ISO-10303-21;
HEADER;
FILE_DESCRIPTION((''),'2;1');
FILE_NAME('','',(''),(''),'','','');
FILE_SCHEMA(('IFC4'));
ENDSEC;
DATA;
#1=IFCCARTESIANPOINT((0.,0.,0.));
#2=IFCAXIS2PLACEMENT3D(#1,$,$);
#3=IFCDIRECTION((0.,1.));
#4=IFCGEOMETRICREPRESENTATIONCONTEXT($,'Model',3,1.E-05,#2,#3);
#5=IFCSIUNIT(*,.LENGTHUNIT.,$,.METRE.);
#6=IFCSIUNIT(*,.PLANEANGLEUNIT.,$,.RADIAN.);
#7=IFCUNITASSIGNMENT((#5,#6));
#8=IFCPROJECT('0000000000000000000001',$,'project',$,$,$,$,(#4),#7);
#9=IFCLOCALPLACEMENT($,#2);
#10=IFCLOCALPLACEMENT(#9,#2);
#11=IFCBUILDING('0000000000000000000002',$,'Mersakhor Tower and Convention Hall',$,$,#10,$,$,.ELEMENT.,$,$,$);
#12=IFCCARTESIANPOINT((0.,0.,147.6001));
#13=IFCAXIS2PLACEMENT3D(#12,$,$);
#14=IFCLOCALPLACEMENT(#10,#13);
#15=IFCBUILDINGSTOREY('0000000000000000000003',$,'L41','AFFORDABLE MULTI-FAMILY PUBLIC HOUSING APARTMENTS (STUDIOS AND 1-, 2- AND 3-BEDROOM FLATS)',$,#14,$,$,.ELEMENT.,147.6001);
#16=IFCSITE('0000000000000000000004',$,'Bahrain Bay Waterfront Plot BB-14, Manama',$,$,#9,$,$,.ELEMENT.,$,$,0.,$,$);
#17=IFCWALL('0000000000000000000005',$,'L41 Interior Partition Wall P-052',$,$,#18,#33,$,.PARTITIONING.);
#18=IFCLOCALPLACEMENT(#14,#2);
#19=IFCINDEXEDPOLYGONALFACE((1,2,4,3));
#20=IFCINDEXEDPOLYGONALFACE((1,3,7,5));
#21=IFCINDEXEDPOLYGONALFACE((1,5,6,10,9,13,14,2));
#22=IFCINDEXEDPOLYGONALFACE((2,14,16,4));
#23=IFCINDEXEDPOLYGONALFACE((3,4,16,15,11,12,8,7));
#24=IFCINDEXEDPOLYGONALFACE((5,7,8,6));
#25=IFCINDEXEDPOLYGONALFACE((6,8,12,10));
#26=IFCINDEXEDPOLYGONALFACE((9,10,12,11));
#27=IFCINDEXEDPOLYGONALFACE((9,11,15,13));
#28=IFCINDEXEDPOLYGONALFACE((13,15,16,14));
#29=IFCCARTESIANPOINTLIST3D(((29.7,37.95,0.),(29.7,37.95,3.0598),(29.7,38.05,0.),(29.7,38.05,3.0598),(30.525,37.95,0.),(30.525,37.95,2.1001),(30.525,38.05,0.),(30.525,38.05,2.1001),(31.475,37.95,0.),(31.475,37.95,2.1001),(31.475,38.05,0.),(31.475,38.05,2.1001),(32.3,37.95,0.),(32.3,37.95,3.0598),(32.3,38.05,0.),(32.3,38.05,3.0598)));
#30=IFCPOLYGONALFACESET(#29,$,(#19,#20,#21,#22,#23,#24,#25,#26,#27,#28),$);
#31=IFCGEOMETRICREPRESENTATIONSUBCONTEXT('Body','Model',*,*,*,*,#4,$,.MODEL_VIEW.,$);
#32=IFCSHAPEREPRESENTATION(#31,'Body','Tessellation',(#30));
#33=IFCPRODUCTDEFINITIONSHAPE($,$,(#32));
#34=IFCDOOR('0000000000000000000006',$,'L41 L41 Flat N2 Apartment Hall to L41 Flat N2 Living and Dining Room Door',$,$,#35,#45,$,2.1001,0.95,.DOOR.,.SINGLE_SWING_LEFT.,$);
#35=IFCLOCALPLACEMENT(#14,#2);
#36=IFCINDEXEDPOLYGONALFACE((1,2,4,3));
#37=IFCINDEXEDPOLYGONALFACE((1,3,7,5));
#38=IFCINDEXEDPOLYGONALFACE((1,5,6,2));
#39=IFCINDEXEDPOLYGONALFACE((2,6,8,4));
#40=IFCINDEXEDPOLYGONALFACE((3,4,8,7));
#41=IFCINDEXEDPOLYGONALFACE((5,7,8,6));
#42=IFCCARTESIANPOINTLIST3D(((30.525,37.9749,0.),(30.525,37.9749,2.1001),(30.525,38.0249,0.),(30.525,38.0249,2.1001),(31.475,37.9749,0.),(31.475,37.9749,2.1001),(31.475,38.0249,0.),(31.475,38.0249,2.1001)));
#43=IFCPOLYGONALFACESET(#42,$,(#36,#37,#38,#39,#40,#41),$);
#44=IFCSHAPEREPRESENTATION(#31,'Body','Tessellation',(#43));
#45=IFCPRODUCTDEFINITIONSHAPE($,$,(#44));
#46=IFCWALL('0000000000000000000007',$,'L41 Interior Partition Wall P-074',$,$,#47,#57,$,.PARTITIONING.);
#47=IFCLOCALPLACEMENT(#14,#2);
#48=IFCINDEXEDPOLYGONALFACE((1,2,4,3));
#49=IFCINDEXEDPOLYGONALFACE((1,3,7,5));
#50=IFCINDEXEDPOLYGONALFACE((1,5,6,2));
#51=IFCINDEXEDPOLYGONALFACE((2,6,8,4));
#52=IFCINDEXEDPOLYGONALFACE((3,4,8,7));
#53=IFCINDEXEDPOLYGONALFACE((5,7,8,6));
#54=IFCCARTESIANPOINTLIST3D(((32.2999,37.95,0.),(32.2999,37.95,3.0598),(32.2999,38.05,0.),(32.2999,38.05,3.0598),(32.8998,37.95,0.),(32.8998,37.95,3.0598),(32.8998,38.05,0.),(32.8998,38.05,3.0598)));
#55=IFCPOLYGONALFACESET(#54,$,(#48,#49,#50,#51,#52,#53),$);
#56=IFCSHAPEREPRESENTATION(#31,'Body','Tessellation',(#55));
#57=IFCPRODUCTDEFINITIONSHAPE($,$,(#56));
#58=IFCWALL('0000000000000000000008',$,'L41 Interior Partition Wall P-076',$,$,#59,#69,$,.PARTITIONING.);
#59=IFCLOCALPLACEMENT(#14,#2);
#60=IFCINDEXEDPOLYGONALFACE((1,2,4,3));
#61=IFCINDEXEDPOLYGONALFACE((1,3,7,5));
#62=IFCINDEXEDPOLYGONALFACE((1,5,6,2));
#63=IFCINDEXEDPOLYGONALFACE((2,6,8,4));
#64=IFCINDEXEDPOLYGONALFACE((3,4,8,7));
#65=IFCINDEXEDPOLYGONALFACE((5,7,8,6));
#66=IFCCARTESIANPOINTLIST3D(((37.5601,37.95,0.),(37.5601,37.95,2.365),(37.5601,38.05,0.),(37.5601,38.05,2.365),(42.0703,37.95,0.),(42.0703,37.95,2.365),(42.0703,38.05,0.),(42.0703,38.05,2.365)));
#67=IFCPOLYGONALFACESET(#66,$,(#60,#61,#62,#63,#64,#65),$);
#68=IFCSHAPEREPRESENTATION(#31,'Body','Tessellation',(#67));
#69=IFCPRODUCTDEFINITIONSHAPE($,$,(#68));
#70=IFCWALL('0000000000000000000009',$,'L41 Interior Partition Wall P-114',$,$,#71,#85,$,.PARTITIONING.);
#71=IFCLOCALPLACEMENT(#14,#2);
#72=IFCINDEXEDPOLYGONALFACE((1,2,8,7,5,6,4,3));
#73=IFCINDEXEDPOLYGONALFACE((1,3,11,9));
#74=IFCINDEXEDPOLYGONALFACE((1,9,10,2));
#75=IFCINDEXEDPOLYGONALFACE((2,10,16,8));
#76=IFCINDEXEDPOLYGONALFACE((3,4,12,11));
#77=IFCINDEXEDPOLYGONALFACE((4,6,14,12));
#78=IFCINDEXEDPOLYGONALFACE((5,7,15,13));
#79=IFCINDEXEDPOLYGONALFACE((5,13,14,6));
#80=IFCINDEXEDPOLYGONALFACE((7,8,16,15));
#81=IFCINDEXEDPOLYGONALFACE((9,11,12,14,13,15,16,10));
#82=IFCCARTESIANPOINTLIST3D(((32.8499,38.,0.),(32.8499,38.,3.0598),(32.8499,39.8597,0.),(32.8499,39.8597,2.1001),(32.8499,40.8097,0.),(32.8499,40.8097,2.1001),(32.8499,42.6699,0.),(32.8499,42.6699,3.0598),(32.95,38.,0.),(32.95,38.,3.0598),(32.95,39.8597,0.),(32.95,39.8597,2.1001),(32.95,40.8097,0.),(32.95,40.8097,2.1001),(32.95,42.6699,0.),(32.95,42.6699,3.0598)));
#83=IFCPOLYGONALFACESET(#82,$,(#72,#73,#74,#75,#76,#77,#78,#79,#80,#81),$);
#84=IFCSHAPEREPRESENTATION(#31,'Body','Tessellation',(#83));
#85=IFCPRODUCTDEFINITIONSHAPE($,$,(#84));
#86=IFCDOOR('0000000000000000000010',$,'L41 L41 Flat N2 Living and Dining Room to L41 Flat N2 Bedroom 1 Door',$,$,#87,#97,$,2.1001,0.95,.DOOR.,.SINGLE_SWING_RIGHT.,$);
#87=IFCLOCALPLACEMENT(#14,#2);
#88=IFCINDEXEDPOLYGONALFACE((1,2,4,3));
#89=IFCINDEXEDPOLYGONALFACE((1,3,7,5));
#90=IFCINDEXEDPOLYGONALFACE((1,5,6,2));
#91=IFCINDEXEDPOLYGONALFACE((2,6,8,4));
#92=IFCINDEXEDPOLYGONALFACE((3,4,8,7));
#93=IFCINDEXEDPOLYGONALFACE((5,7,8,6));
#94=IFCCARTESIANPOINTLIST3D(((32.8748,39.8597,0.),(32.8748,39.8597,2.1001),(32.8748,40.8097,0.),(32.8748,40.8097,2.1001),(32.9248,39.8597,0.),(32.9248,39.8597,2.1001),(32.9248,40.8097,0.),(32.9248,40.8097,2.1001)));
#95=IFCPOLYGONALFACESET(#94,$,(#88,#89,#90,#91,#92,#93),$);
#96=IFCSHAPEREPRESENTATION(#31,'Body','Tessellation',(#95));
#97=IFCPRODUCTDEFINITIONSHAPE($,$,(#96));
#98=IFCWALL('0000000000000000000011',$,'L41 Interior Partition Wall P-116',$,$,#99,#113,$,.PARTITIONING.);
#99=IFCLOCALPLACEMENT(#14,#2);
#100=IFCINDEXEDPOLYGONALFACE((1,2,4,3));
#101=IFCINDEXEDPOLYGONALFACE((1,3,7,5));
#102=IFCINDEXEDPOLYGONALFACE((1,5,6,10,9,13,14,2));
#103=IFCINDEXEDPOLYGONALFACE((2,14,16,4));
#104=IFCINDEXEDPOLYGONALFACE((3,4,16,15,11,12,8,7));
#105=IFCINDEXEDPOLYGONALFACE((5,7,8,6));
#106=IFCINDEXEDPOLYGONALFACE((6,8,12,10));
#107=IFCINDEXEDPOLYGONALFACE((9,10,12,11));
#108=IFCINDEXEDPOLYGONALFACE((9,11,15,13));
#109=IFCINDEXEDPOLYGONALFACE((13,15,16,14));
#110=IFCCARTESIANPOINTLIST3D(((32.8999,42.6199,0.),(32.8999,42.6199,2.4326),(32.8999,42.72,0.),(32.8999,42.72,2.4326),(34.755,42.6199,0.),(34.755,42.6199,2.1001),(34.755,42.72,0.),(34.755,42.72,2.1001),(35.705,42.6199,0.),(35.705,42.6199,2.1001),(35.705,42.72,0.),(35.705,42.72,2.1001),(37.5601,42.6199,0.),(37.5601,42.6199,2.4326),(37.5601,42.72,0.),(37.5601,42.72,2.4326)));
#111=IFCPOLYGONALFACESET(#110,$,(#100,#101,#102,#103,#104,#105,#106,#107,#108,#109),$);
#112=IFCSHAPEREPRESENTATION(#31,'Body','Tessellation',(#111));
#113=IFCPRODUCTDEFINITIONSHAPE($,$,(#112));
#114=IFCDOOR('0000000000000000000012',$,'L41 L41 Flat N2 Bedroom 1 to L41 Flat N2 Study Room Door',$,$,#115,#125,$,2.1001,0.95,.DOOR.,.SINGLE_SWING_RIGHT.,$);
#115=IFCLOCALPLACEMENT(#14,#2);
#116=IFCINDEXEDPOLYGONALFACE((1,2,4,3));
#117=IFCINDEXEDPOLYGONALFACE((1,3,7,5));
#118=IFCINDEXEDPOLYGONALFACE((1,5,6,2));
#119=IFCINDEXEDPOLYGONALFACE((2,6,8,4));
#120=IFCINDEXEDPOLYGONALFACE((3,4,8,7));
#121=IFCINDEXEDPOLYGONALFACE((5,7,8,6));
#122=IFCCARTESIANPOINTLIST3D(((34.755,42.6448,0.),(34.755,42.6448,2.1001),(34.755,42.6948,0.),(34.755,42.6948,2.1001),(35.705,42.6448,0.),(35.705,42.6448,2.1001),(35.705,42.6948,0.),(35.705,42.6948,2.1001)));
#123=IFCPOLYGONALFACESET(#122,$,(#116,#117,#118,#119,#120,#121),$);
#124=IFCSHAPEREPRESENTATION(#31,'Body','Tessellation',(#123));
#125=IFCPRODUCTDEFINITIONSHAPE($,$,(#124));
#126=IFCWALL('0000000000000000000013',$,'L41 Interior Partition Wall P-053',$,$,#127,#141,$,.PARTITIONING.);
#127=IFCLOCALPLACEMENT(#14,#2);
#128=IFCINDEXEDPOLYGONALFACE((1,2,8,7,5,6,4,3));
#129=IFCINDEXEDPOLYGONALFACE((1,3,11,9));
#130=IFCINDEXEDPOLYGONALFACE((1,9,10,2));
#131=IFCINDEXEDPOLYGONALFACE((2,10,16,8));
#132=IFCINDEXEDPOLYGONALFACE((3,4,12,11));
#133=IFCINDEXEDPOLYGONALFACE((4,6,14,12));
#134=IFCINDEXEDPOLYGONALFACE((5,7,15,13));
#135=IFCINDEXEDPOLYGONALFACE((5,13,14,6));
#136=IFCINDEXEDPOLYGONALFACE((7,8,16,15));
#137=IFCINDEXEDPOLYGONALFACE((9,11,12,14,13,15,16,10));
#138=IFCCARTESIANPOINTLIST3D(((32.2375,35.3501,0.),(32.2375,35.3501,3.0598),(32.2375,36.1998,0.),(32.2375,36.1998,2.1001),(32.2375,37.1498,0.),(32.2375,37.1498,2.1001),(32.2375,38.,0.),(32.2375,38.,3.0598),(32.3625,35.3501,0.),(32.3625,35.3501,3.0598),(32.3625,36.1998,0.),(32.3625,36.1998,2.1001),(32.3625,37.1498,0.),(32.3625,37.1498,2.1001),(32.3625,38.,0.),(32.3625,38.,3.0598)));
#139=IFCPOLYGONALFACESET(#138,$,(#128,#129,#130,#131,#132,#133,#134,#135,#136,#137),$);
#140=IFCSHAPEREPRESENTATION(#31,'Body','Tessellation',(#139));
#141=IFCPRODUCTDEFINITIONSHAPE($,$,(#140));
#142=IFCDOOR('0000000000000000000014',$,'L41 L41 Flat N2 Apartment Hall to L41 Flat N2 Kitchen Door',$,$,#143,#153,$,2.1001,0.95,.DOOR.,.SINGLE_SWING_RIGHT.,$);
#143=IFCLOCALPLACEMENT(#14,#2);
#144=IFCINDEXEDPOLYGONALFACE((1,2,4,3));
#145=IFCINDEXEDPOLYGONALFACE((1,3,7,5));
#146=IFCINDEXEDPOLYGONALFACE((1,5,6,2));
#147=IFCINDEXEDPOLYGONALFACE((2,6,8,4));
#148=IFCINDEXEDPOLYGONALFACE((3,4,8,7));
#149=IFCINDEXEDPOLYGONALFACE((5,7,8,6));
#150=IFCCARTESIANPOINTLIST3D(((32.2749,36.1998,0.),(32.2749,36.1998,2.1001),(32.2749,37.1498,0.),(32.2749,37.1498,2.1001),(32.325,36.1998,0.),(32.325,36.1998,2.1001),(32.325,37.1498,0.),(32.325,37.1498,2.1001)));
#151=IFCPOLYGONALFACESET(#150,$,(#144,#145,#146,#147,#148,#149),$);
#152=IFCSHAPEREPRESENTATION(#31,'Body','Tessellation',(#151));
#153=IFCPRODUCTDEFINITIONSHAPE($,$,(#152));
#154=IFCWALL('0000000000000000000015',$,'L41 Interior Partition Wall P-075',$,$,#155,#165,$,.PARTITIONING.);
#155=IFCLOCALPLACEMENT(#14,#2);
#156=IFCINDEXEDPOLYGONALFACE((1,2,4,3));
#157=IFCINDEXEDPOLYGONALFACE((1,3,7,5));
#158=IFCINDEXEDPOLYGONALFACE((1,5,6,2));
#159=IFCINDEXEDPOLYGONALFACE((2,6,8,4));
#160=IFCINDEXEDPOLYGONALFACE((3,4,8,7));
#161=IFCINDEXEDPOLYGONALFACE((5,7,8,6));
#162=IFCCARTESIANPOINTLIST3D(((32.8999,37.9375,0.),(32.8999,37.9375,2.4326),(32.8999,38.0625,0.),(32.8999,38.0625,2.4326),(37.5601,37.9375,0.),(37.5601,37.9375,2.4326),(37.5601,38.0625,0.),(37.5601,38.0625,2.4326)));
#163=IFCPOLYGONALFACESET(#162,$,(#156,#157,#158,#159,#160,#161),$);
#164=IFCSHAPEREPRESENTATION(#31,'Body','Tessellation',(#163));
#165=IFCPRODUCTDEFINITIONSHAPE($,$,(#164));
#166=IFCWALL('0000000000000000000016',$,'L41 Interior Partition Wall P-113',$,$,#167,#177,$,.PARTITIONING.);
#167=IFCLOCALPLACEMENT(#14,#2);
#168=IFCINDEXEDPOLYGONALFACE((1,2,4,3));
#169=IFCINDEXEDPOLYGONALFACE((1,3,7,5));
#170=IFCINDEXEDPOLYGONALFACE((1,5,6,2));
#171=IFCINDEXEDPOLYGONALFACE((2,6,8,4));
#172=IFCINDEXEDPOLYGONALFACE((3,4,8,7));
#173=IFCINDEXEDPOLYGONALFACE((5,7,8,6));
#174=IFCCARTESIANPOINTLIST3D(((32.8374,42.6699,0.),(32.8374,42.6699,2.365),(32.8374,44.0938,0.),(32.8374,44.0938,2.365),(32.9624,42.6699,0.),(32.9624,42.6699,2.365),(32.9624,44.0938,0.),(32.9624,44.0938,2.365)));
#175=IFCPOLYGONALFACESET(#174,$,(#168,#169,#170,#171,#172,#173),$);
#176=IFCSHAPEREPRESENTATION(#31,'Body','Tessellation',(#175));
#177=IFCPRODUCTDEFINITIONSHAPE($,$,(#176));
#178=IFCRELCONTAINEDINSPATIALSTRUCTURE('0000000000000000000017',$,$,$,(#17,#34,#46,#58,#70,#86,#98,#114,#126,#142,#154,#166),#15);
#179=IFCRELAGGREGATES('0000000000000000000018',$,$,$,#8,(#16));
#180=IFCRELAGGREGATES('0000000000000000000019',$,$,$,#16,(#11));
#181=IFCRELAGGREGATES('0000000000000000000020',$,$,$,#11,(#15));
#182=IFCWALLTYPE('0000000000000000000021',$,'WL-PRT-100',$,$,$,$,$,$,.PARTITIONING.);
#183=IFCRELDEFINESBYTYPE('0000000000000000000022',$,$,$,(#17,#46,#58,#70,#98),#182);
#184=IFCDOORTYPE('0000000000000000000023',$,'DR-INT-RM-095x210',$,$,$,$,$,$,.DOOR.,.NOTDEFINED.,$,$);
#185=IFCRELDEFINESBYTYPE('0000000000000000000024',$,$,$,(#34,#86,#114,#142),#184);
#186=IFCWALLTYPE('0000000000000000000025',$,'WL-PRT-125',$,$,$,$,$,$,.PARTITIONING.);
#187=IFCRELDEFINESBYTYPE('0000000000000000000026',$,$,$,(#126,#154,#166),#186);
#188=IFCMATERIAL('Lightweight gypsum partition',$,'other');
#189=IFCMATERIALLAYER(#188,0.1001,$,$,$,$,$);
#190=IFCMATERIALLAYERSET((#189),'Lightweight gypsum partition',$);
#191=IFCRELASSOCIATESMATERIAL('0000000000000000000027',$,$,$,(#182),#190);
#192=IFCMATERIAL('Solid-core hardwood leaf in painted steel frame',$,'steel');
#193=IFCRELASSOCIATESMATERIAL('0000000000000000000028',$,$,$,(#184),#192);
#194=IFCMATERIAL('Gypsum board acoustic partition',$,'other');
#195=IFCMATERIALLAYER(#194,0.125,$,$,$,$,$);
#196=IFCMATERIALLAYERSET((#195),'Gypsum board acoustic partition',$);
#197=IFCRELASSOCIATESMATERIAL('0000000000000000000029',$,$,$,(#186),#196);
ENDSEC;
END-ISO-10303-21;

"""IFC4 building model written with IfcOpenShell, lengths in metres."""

from ifc_helpers import new_model, si_unit, direction, frame, frame_2d, origin, place, context, subcontext, project, spatial, rectangle, extrude, material, layer, layer_set, type_object, element, fill, save


model = new_model("IFC4")

# Units and contexts
model_context = context("Model", 3, precision=1e-05, world=origin(), true_north=direction((0.0, 1.0)))
body_context = subcontext(model_context, "Body", "Model", "MODEL_VIEW")
ifc_project = project(units=[si_unit("LENGTHUNIT", "METRE"), si_unit("PLANEANGLEUNIT", "RADIAN")], contexts=[model_context])

# Site, building, storey
site_placement = place(None, origin())
site = spatial("IfcSite", under=ifc_project, at=site_placement, Name="Bahrain Bay Waterfront Plot BB-14, Manama", CompositionType="ELEMENT", RefElevation=0.0)
building_placement = place(site_placement, origin())
building = spatial("IfcBuilding", under=site, at=building_placement, Name="Mersakhor Tower and Convention Hall", CompositionType="ELEMENT")
storey_placement = place(building_placement, frame((0.0, 0.0, 147.6001)))
storey = spatial("IfcBuildingStorey", under=building, at=storey_placement, Name="L41", Description="AFFORDABLE MULTI-FAMILY PUBLIC HOUSING APARTMENTS (STUDIOS AND 1-, 2- AND 3-BEDROOM FLATS)", CompositionType="ELEMENT", Elevation=147.6001)

# Wall, opening, door
ifc_material_1 = material(Name="Lightweight gypsum partition", Category="other")
ifc_layer_1 = layer(ifc_material_1, 0.1001)
ifc_layer_set_1 = layer_set([ifc_layer_1], Name="Lightweight gypsum partition")
wall_type_1 = type_object("IfcWallType", Name="WL-PRT-100", PredefinedType="PARTITIONING", material=ifc_layer_set_1)
wall_1_placement = place(storey_placement, frame((29.7, 38.0, 0.0), z_axis=(0.0, 0.0, 1.0), x_axis=(1.0, 0.0, 0.0)))
wall_1 = element("IfcWall", 1, at=wall_1_placement, inside=storey, type_object=wall_type_1, Name="L41 Interior Partition Wall P-052", PredefinedType="PARTITIONING", context=body_context, shape_type="SweptSolid", body=[
    extrude(rectangle(XDim=2.6001, YDim=0.1001, at=frame_2d((1.3, 0.0))), origin(), (0.0, 0.0, 1.0), 3.0598),
])
opening_1_placement = place(wall_1_placement, frame((0.825, 0.0, 0.0)))
opening_1 = element("IfcOpeningElement", 2, at=opening_1_placement, cuts=wall_1, PredefinedType="OPENING", context=body_context, shape_type="SweptSolid", body=[
    extrude(rectangle(XDim=0.95, YDim=2.1001, at=frame_2d((0.4751, 1.05))), frame((0.0, 0.0601, 0.0), z_axis=(0.0, -1.0, 0.0), x_axis=(1.0, 0.0, 0.0)), (0.0, 0.0, 1.0), 0.1201),
])
ifc_material_2 = material(Name="Solid-core hardwood leaf in painted steel frame", Category="steel")
door_type_1 = type_object("IfcDoorType", Name="DR-INT-RM-095x210", OperationType="NOTDEFINED", PredefinedType="DOOR", material=ifc_material_2)
door_1_placement = place(opening_1_placement, origin())
door_1 = element("IfcDoor", 3, at=door_1_placement, inside=storey, type_object=door_type_1, Name="L41 L41 Flat N2 Apartment Hall to L41 Flat N2 Living and Dining Room Door", OperationType="SINGLE_SWING_LEFT", OverallHeight=2.1001, OverallWidth=0.95, PredefinedType="DOOR", context=body_context, shape_type="SweptSolid", body=[
    extrude(rectangle(XDim=0.95, YDim=2.1001, at=frame_2d((0.4751, 1.05))), frame((0.0, 0.0249, 0.0), z_axis=(0.0, -1.0, 0.0), x_axis=(1.0, 0.0, 0.0)), (0.0, 0.0, 1.0), 0.05),
])
fill(opening_1, door_1)

# Walls
wall_2_placement = place(storey_placement, frame((32.3, 38.0, 0.0), z_axis=(0.0, 0.0, 1.0), x_axis=(1.0, 0.0, 0.0)))
element("IfcWall", 4, at=wall_2_placement, inside=storey, type_object=wall_type_1, Name="L41 Interior Partition Wall P-074", PredefinedType="PARTITIONING", context=body_context, shape_type="SweptSolid", body=[
    extrude(rectangle(XDim=0.5999, YDim=0.1001, at=frame_2d((0.2998, 0.0))), origin(), (0.0, 0.0, 1.0), 3.0598),
])
wall_3_placement = place(storey_placement, frame((37.5601, 38.0, 0.0), z_axis=(0.0, 0.0, 1.0), x_axis=(1.0, 0.0, 0.0)))
element("IfcWall", 5, at=wall_3_placement, inside=storey, type_object=wall_type_1, Name="L41 Interior Partition Wall P-076", PredefinedType="PARTITIONING", context=body_context, shape_type="SweptSolid", body=[
    extrude(rectangle(XDim=4.5103, YDim=0.1001, at=frame_2d((2.2551, 0.0))), origin(), (0.0, 0.0, 1.0), 2.365),
])

# Walls, openings, doors
wall_4_placement = place(storey_placement, frame((32.8999, 42.6699, 0.0), z_axis=(0.0, 0.0, 1.0), x_axis=(0.0, -1.0, 0.0)))
wall_4 = element("IfcWall", 6, at=wall_4_placement, inside=storey, type_object=wall_type_1, Name="L41 Interior Partition Wall P-114", PredefinedType="PARTITIONING", context=body_context, shape_type="SweptSolid", body=[
    extrude(rectangle(XDim=4.6699, YDim=0.1001, at=frame_2d((2.335, 0.0))), origin(), (0.0, 0.0, 1.0), 3.0598),
])
opening_2_placement = place(wall_4_placement, frame((1.8601, 0.0, 0.0)))
opening_2 = element("IfcOpeningElement", 7, at=opening_2_placement, cuts=wall_4, PredefinedType="OPENING", context=body_context, shape_type="SweptSolid", body=[
    extrude(rectangle(XDim=0.95, YDim=2.1001, at=frame_2d((0.4751, 1.05))), frame((0.0, 0.0601, 0.0), z_axis=(0.0, -1.0, 0.0), x_axis=(1.0, 0.0, 0.0)), (0.0, 0.0, 1.0), 0.1201),
])
door_2_placement = place(opening_2_placement, origin())
door_2 = element("IfcDoor", 8, at=door_2_placement, inside=storey, type_object=door_type_1, Name="L41 L41 Flat N2 Living and Dining Room to L41 Flat N2 Bedroom 1 Door", OperationType="SINGLE_SWING_RIGHT", OverallHeight=2.1001, OverallWidth=0.95, PredefinedType="DOOR", context=body_context, shape_type="SweptSolid", body=[
    extrude(rectangle(XDim=0.95, YDim=2.1001, at=frame_2d((0.4751, 1.05))), frame((0.0, 0.0249, 0.0), z_axis=(0.0, -1.0, 0.0), x_axis=(1.0, 0.0, 0.0)), (0.0, 0.0, 1.0), 0.05),
])
fill(opening_2, door_2)
wall_5_placement = place(storey_placement, frame((32.8999, 42.6699, 0.0), z_axis=(0.0, 0.0, 1.0), x_axis=(1.0, 0.0, 0.0)))
wall_5 = element("IfcWall", 9, at=wall_5_placement, inside=storey, type_object=wall_type_1, Name="L41 Interior Partition Wall P-116", PredefinedType="PARTITIONING", context=body_context, shape_type="SweptSolid", body=[
    extrude(rectangle(XDim=4.6602, YDim=0.1001, at=frame_2d((2.3301, 0.0))), origin(), (0.0, 0.0, 1.0), 2.4326),
])
opening_3_placement = place(wall_5_placement, frame((1.855, 0.0, 0.0)))
opening_3 = element("IfcOpeningElement", 10, at=opening_3_placement, cuts=wall_5, PredefinedType="OPENING", context=body_context, shape_type="SweptSolid", body=[
    extrude(rectangle(XDim=0.95, YDim=2.1001, at=frame_2d((0.4751, 1.05))), frame((0.0, 0.0601, 0.0), z_axis=(0.0, -1.0, 0.0), x_axis=(1.0, 0.0, 0.0)), (0.0, 0.0, 1.0), 0.1201),
])
door_3_placement = place(opening_3_placement, origin())
door_3 = element("IfcDoor", 11, at=door_3_placement, inside=storey, type_object=door_type_1, Name="L41 L41 Flat N2 Bedroom 1 to L41 Flat N2 Study Room Door", OperationType="SINGLE_SWING_RIGHT", OverallHeight=2.1001, OverallWidth=0.95, PredefinedType="DOOR", context=body_context, shape_type="SweptSolid", body=[
    extrude(rectangle(XDim=0.95, YDim=2.1001, at=frame_2d((0.4751, 1.05))), frame((0.0, 0.0249, 0.0), z_axis=(0.0, -1.0, 0.0), x_axis=(1.0, 0.0, 0.0)), (0.0, 0.0, 1.0), 0.05),
])
fill(opening_3, door_3)
ifc_material_3 = material(Name="Gypsum board acoustic partition", Category="other")
ifc_layer_2 = layer(ifc_material_3, 0.125)
ifc_layer_set_2 = layer_set([ifc_layer_2], Name="Gypsum board acoustic partition")
wall_type_2 = type_object("IfcWallType", Name="WL-PRT-125", PredefinedType="PARTITIONING", material=ifc_layer_set_2)
wall_6_placement = place(storey_placement, frame((32.3, 38.0, 0.0), z_axis=(0.0, 0.0, 1.0), x_axis=(0.0, -1.0, 0.0)))
wall_6 = element("IfcWall", 12, at=wall_6_placement, inside=storey, type_object=wall_type_2, Name="L41 Interior Partition Wall P-053", PredefinedType="PARTITIONING", context=body_context, shape_type="SweptSolid", body=[
    extrude(rectangle(XDim=2.6499, YDim=0.125, at=frame_2d((1.325, 0.0))), origin(), (0.0, 0.0, 1.0), 3.0598),
])
opening_4_placement = place(wall_6_placement, frame((0.8501, 0.0, 0.0)))
opening_4 = element("IfcOpeningElement", 13, at=opening_4_placement, cuts=wall_6, PredefinedType="OPENING", context=body_context, shape_type="SweptSolid", body=[
    extrude(rectangle(XDim=0.95, YDim=2.1001, at=frame_2d((0.4751, 1.05))), frame((0.0, 0.0725, 0.0), z_axis=(0.0, -1.0, 0.0), x_axis=(1.0, 0.0, 0.0)), (0.0, 0.0, 1.0), 0.145),
])
door_4_placement = place(opening_4_placement, origin())
door_4 = element("IfcDoor", 14, at=door_4_placement, inside=storey, type_object=door_type_1, Name="L41 L41 Flat N2 Apartment Hall to L41 Flat N2 Kitchen Door", OperationType="SINGLE_SWING_RIGHT", OverallHeight=2.1001, OverallWidth=0.95, PredefinedType="DOOR", context=body_context, shape_type="SweptSolid", body=[
    extrude(rectangle(XDim=0.95, YDim=2.1001, at=frame_2d((0.4751, 1.05))), frame((0.0, 0.0249, 0.0), z_axis=(0.0, -1.0, 0.0), x_axis=(1.0, 0.0, 0.0)), (0.0, 0.0, 1.0), 0.05),
])
fill(opening_4, door_4)

# Walls
wall_7_placement = place(storey_placement, frame((32.8999, 38.0, 0.0), z_axis=(0.0, 0.0, 1.0), x_axis=(1.0, 0.0, 0.0)))
element("IfcWall", 15, at=wall_7_placement, inside=storey, type_object=wall_type_2, Name="L41 Interior Partition Wall P-075", PredefinedType="PARTITIONING", context=body_context, shape_type="SweptSolid", body=[
    extrude(rectangle(XDim=4.6602, YDim=0.125, at=frame_2d((2.3301, 0.0))), origin(), (0.0, 0.0, 1.0), 2.4326),
])
wall_8_placement = place(storey_placement, frame((32.8999, 44.0938, 0.0), z_axis=(0.0, 0.0, 1.0), x_axis=(0.0, -1.0, 0.0)))
element("IfcWall", 16, at=wall_8_placement, inside=storey, type_object=wall_type_2, Name="L41 Interior Partition Wall P-113", PredefinedType="PARTITIONING", context=body_context, shape_type="SweptSolid", body=[
    extrude(rectangle(XDim=1.4238, YDim=0.125, at=frame_2d((0.7119, 0.0))), origin(), (0.0, 0.0, 1.0), 2.365),
])

save(model, "model.ifc")
